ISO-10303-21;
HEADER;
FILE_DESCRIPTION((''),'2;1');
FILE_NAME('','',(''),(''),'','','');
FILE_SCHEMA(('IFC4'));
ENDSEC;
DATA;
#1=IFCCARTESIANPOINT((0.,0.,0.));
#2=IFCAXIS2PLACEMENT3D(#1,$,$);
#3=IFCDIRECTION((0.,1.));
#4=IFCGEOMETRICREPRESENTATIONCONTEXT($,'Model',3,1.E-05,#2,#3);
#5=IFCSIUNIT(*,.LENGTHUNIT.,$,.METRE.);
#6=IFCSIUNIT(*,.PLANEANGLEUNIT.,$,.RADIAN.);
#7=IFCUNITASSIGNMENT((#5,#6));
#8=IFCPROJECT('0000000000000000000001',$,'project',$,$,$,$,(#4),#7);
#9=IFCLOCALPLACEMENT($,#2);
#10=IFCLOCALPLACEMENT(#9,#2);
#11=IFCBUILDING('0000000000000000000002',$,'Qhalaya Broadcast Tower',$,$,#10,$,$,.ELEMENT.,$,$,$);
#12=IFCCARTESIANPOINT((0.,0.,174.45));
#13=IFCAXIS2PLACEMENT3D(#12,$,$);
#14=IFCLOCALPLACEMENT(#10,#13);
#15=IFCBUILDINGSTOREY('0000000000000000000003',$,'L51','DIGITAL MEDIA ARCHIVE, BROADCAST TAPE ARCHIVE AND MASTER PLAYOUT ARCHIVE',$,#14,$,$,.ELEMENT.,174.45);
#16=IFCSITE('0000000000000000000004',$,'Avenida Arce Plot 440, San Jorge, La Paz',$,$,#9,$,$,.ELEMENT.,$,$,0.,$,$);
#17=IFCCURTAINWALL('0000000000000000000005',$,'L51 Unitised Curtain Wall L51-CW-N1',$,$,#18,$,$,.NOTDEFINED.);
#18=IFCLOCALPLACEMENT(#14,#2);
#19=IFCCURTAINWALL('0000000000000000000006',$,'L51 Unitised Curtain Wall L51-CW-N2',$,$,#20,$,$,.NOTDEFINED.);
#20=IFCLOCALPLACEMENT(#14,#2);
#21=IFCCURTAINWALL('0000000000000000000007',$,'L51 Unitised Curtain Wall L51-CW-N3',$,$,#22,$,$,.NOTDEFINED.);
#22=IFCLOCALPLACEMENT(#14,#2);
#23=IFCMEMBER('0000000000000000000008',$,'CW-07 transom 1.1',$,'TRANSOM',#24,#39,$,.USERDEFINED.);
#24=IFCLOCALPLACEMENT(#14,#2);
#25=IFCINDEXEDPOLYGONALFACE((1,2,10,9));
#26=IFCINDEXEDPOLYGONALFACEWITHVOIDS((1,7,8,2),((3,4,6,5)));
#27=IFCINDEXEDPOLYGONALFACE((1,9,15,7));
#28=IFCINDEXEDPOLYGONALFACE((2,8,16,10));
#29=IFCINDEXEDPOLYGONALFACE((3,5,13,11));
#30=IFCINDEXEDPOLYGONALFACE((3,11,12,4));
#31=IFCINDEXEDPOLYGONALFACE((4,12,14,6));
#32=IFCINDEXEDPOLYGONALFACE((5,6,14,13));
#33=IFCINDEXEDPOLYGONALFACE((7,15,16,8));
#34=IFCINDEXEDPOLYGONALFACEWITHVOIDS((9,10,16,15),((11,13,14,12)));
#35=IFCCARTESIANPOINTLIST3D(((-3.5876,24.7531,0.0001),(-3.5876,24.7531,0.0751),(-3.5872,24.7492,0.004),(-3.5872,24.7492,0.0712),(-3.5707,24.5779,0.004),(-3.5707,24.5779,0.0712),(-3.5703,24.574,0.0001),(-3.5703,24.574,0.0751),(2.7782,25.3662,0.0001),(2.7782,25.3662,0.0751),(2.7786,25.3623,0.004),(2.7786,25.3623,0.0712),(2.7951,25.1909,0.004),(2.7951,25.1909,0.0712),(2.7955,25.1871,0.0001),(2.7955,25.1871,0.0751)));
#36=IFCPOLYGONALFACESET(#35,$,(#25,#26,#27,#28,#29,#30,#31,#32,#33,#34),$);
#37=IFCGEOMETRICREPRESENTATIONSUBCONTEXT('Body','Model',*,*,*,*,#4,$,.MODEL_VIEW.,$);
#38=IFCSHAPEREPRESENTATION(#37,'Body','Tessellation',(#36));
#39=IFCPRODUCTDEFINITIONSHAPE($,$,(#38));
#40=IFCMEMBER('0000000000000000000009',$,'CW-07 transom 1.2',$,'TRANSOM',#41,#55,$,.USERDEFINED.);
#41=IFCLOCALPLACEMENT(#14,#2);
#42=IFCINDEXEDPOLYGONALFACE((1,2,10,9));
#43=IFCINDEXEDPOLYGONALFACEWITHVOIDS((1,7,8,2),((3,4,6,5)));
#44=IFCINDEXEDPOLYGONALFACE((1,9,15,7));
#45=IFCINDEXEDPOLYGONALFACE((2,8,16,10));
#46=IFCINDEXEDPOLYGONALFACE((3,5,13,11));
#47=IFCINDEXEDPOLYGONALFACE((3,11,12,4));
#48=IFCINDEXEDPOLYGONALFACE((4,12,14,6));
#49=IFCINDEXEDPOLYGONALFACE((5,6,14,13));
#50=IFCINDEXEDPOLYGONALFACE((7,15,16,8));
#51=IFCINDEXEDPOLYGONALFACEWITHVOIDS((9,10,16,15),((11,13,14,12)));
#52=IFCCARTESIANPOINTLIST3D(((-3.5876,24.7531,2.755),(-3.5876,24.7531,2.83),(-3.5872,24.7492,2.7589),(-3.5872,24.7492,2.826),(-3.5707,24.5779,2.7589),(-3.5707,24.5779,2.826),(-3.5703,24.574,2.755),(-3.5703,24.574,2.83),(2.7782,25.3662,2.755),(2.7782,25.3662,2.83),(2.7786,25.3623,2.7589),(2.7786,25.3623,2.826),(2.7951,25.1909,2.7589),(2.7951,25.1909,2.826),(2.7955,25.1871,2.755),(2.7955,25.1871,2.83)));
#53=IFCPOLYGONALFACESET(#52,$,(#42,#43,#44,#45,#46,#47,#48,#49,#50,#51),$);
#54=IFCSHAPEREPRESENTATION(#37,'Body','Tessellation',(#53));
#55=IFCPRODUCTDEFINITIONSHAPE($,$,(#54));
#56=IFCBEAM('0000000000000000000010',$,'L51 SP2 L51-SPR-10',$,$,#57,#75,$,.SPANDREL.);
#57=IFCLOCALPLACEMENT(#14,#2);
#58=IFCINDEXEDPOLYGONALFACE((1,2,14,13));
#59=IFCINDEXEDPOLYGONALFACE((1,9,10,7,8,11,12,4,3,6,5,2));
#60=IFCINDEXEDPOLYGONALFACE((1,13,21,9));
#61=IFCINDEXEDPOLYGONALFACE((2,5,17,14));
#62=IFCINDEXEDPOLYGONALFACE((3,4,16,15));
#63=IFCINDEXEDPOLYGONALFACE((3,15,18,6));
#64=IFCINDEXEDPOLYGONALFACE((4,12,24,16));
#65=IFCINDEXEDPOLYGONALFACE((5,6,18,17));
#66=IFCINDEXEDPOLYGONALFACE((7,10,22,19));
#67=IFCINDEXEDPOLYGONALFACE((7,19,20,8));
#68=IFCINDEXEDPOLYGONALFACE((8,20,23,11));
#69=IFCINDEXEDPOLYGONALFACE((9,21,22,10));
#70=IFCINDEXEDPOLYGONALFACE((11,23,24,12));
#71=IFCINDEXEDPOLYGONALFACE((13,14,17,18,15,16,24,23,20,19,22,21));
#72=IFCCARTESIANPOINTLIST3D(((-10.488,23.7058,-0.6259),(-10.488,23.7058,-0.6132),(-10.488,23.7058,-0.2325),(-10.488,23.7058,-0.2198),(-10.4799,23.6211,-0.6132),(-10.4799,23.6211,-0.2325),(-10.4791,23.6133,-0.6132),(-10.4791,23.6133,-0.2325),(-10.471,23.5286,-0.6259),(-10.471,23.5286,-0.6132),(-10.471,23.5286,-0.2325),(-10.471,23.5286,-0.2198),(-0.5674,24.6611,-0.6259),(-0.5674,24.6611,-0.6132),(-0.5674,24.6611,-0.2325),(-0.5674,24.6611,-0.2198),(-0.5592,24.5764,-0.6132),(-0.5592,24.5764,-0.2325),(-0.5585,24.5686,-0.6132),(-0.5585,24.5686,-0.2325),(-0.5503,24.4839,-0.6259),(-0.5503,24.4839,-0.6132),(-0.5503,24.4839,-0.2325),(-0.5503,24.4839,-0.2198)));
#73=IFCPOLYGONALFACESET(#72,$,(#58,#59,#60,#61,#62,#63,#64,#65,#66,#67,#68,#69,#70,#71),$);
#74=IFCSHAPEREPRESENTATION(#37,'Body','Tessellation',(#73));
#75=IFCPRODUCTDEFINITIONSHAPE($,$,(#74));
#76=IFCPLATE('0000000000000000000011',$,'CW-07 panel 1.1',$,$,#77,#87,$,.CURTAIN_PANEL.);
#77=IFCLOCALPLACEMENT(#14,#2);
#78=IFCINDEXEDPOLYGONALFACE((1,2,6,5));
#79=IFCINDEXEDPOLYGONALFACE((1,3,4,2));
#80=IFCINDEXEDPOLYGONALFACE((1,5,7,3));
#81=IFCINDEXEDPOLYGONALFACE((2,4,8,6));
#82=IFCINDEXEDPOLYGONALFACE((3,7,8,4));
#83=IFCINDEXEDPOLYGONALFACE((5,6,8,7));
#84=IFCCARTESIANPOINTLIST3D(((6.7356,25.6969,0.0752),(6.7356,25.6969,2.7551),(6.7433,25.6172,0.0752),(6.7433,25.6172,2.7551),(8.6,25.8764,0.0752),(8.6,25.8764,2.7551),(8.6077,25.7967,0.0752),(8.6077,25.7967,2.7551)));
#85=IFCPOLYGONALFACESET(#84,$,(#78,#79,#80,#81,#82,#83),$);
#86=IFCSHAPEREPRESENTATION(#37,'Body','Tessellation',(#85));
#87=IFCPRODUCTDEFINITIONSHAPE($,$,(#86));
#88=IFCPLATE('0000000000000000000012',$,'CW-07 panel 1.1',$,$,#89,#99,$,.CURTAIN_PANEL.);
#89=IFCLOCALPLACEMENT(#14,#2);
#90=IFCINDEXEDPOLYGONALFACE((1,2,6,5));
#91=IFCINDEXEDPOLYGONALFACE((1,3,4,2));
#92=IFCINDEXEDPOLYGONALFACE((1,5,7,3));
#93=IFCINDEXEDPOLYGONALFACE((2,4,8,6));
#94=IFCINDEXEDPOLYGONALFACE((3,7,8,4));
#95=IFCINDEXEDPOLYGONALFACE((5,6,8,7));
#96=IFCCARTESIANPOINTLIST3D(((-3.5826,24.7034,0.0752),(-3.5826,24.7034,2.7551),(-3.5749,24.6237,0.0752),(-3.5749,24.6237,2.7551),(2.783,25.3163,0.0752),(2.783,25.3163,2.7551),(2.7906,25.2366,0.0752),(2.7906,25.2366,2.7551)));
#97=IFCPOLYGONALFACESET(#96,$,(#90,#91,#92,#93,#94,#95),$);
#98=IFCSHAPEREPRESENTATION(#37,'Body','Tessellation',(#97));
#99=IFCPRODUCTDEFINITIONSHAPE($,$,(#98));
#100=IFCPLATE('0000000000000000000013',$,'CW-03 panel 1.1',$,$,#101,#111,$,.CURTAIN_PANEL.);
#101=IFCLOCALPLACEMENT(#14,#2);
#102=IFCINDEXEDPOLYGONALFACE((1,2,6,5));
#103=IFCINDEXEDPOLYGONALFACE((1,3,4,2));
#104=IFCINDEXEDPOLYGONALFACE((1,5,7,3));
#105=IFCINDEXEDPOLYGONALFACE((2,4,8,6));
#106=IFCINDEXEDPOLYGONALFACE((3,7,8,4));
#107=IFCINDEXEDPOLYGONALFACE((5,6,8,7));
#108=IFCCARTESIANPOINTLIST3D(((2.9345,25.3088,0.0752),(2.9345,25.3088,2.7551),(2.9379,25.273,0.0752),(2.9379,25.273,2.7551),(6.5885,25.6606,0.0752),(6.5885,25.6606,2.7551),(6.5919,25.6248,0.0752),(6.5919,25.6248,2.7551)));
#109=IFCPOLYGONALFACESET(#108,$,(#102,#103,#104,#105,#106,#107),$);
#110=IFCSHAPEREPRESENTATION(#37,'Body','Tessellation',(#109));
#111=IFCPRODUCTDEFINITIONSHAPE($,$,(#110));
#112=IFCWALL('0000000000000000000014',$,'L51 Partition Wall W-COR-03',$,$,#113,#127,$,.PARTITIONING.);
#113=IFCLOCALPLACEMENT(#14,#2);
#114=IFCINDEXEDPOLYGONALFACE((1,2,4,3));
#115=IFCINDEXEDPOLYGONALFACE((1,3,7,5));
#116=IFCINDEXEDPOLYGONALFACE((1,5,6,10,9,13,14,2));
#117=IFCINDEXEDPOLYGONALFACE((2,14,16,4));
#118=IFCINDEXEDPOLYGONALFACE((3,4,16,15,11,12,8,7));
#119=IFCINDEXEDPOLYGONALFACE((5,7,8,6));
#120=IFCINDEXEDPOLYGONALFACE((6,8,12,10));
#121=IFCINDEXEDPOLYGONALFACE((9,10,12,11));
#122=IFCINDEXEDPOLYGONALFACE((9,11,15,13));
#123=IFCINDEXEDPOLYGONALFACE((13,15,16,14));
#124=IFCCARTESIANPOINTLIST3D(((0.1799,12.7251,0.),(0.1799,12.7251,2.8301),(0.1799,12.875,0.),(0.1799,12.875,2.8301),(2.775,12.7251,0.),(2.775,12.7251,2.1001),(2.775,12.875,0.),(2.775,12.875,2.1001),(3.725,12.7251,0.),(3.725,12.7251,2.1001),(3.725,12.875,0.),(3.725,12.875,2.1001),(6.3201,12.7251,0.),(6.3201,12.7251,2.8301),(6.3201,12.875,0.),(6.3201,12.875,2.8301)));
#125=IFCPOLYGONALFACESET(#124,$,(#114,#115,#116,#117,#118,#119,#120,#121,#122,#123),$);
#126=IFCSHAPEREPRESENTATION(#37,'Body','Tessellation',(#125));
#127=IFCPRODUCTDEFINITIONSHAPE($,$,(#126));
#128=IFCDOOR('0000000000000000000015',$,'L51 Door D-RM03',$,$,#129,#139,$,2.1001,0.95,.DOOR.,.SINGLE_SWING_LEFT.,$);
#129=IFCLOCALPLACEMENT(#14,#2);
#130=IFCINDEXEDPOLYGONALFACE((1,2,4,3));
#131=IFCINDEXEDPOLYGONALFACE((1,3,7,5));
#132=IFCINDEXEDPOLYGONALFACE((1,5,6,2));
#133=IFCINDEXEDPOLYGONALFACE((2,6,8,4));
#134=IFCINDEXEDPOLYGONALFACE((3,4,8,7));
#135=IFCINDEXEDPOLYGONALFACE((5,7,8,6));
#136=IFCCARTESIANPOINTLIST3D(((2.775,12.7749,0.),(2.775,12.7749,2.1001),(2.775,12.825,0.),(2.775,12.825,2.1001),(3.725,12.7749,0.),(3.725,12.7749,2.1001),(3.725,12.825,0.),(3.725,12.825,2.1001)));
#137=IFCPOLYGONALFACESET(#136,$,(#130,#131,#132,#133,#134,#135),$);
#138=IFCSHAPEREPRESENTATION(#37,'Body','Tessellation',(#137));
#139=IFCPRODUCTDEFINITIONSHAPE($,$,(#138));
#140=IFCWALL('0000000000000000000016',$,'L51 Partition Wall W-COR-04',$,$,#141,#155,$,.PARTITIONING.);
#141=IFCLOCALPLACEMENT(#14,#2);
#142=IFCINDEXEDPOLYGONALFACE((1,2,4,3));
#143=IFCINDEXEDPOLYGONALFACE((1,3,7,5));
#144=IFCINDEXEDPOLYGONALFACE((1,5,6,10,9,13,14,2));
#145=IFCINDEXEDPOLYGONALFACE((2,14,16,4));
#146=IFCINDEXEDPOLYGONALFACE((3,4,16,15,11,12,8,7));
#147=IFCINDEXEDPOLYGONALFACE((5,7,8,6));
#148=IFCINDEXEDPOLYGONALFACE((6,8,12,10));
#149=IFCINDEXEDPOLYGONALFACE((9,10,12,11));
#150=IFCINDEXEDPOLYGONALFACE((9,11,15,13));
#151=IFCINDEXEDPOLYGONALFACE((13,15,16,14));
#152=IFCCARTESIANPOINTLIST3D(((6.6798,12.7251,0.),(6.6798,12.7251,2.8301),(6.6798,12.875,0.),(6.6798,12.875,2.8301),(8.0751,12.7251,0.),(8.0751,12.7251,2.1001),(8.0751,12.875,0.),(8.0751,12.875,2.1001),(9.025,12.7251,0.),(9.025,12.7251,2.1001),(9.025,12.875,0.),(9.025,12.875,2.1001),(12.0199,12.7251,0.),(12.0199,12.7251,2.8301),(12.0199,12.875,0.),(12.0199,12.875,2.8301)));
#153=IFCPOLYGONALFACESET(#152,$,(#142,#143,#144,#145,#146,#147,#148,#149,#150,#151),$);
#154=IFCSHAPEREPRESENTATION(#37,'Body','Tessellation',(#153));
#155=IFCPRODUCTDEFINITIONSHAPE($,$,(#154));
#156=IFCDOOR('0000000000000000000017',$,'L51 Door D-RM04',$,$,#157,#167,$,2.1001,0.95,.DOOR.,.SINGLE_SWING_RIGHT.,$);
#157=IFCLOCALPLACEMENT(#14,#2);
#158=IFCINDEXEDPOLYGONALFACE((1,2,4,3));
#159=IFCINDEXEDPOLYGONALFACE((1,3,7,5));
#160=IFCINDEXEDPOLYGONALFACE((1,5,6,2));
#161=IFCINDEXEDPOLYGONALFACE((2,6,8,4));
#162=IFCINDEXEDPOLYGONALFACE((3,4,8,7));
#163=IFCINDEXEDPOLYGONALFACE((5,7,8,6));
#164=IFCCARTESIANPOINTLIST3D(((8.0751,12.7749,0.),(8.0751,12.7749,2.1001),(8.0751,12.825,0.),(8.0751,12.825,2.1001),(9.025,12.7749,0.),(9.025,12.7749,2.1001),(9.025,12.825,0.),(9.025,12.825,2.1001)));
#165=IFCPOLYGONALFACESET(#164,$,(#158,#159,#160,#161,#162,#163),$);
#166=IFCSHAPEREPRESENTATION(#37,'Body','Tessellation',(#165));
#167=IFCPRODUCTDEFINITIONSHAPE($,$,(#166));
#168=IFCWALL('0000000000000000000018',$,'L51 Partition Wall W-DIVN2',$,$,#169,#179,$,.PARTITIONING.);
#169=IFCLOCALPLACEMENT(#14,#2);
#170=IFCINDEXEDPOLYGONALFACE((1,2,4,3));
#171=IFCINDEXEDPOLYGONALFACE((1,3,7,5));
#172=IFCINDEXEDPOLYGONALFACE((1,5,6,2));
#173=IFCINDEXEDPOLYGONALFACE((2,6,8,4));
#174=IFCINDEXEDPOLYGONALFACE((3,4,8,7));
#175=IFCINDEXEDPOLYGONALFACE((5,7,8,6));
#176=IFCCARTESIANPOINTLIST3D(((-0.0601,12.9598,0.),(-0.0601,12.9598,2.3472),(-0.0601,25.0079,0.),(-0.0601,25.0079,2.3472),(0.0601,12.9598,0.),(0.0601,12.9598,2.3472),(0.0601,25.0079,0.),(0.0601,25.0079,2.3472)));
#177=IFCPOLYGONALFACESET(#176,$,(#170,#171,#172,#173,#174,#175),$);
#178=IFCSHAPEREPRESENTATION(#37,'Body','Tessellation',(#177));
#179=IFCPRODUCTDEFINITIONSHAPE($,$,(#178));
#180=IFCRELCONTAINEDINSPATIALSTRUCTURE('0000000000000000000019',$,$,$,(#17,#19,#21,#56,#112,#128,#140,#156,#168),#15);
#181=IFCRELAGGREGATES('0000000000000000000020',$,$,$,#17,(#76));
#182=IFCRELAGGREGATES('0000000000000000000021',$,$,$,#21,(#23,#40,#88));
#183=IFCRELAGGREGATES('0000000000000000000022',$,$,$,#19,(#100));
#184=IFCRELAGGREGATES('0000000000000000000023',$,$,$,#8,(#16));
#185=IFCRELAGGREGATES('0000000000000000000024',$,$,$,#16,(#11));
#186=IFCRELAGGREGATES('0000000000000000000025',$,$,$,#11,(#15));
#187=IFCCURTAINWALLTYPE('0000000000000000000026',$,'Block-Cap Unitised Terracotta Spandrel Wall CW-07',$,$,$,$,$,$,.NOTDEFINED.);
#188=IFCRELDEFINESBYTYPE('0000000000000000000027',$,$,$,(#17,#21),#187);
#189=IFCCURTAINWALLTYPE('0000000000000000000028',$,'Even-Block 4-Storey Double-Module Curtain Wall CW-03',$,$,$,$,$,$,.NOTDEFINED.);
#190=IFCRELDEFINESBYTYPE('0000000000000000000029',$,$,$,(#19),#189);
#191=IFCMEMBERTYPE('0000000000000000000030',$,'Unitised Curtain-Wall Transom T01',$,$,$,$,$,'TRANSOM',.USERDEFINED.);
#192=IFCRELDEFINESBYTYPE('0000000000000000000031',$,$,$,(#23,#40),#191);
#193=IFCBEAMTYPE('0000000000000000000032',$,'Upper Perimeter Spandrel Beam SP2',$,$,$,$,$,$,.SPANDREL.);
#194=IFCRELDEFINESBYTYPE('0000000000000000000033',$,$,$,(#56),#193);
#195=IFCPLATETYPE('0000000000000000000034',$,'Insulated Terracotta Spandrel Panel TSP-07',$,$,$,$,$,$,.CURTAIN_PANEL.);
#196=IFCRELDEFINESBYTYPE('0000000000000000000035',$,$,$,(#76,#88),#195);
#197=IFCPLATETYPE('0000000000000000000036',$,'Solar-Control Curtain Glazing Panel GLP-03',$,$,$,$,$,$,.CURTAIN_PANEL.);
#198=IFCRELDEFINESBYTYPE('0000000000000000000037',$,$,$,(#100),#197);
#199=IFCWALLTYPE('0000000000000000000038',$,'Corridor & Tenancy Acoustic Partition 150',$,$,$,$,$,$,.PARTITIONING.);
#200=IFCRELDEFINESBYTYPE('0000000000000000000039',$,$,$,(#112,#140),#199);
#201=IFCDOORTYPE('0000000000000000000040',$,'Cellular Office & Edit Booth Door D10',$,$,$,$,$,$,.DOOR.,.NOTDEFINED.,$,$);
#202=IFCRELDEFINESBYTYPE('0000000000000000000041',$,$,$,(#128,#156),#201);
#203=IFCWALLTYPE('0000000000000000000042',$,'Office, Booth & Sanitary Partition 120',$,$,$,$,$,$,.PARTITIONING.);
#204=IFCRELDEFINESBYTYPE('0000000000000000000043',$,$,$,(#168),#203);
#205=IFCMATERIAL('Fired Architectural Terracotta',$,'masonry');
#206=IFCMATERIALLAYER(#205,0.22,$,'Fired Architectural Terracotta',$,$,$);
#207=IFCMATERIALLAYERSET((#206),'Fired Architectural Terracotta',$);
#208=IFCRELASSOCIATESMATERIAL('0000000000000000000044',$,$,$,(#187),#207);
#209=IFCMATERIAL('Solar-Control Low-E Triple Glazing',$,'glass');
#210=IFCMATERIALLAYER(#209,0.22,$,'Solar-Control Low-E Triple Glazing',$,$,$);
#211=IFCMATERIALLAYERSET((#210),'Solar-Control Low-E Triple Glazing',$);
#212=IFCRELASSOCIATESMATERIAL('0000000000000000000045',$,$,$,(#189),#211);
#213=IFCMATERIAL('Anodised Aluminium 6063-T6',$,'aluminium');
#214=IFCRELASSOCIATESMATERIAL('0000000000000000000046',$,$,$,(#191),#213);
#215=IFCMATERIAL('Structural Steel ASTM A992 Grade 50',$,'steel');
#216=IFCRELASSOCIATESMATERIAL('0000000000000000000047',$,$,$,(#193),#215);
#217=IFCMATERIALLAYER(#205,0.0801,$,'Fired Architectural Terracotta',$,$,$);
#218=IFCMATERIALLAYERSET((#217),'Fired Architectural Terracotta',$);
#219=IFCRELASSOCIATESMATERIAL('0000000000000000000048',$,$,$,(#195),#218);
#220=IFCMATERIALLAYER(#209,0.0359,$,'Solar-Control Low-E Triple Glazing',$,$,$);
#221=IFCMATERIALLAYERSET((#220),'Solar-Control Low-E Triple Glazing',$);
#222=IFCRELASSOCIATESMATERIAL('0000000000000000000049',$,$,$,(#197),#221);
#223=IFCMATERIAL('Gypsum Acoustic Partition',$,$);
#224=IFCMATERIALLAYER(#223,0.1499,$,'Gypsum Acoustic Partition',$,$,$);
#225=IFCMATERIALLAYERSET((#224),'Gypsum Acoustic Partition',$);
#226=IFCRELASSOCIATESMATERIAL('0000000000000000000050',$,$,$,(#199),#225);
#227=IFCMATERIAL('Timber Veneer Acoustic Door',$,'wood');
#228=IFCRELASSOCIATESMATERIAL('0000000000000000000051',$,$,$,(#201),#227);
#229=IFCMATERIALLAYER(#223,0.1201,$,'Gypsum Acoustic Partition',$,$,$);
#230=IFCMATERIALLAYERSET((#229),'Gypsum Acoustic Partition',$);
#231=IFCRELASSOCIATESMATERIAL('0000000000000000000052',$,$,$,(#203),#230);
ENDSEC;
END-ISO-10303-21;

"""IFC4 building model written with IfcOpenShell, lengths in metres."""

from ifc_helpers import new_model, si_unit, direction, frame, frame_2d, origin, origin_2d, place, context, subcontext, project, spatial, rectangle, hollow_rectangle, i_section, extrude, material, layer, layer_set, material_profile, profile_set, type_object, element, fill, aggregate, save


model = new_model("IFC4")

# Units and contexts
model_context = context("Model", 3, precision=1e-05, world=origin(), true_north=direction((0.0, 1.0)))
body_context = subcontext(model_context, "Body", "Model", "MODEL_VIEW")
ifc_project = project(units=[si_unit("LENGTHUNIT", "METRE"), si_unit("PLANEANGLEUNIT", "RADIAN")], contexts=[model_context])

# Site, building, storey
site_placement = place(None, origin())
site = spatial("IfcSite", under=ifc_project, at=site_placement, Name="Avenida Arce Plot 440, San Jorge, La Paz", CompositionType="ELEMENT", RefElevation=0.0)
building_placement = place(site_placement, origin())
building = spatial("IfcBuilding", under=site, at=building_placement, Name="Qhalaya Broadcast Tower", CompositionType="ELEMENT")
storey_placement = place(building_placement, frame((0.0, 0.0, 174.45)))
storey = spatial("IfcBuildingStorey", under=building, at=storey_placement, Name="L51", Description="DIGITAL MEDIA ARCHIVE, BROADCAST TAPE ARCHIVE AND MASTER PLAYOUT ARCHIVE", CompositionType="ELEMENT", Elevation=174.45)

# Curtain walls
ifc_material_1 = material(Name="Fired Architectural Terracotta", Category="masonry")
ifc_layer_1 = layer(ifc_material_1, 0.22, Name="Fired Architectural Terracotta")
ifc_layer_set_1 = layer_set([ifc_layer_1], Name="Fired Architectural Terracotta")
curtain_wall_type_1 = type_object("IfcCurtainWallType", Name="Block-Cap Unitised Terracotta Spandrel Wall CW-07", PredefinedType="NOTDEFINED", material=ifc_layer_set_1)
curtain_wall_1_placement = place(storey_placement, origin())
curtain_wall_1 = element("IfcCurtainWall", 1, at=curtain_wall_1_placement, inside=storey, type_object=curtain_wall_type_1, Name="L51 Unitised Curtain Wall L51-CW-N1", PredefinedType="NOTDEFINED")
ifc_material_2 = material(Name="Anodised Aluminium 6063-T6", Category="aluminium")
ifc_material_3 = material(Name="Solar-Control Low-E Triple Glazing", Category="glass")
ifc_layer_2 = layer(ifc_material_3, 0.22, Name="Solar-Control Low-E Triple Glazing")
ifc_layer_set_2 = layer_set([ifc_layer_2], Name="Solar-Control Low-E Triple Glazing")
curtain_wall_type_2 = type_object("IfcCurtainWallType", Name="Even-Block 4-Storey Double-Module Curtain Wall CW-03", PredefinedType="NOTDEFINED", material=ifc_layer_set_2)
curtain_wall_2_placement = place(storey_placement, origin())
curtain_wall_2 = element("IfcCurtainWall", 2, at=curtain_wall_2_placement, inside=storey, type_object=curtain_wall_type_2, Name="L51 Unitised Curtain Wall L51-CW-N2", PredefinedType="NOTDEFINED")

# Curtain wall
curtain_wall_3_placement = place(storey_placement, origin())
curtain_wall_3 = element("IfcCurtainWall", 3, at=curtain_wall_3_placement, inside=storey, type_object=curtain_wall_type_1, Name="L51 Unitised Curtain Wall L51-CW-N3", PredefinedType="NOTDEFINED")

# Members
ifc_material_profile_1 = material_profile(ifc_material_2, hollow_rectangle(XDim=0.075, YDim=0.1799, WallThickness=0.0039, at=origin_2d()), Name="ALU-TRN 75x180x4")
ifc_profile_set_1 = profile_set([ifc_material_profile_1], Name="Anodised Aluminium 6063-T6")
member_type_1 = type_object("IfcMemberType", Name="Unitised Curtain-Wall Transom T01", ElementType="TRANSOM", PredefinedType="USERDEFINED", material=ifc_profile_set_1)
member_1_placement = place(storey_placement, frame((2.7869, 25.2766, 0.0376), z_axis=(-0.995395, -0.095859, 0.0), x_axis=(0.0, 0.0, 1.0)))
member_1 = element("IfcMember", 4, at=member_1_placement, type_object=member_type_1, Name="CW-07 transom 1.1", ObjectType="TRANSOM", PredefinedType="USERDEFINED", context=body_context, shape_type="SweptSolid", body=[
    extrude(hollow_rectangle(XDim=0.075, YDim=0.1799, WallThickness=0.0039, at=origin_2d()), origin(), (0.0, 0.0, 1.0), 6.3953),
])
member_2_placement = place(storey_placement, frame((2.7869, 25.2766, 2.7925), z_axis=(-0.995395, -0.095859, 0.0), x_axis=(0.0, 0.0, 1.0)))
member_2 = element("IfcMember", 5, at=member_2_placement, type_object=member_type_1, Name="CW-07 transom 1.2", ObjectType="TRANSOM", PredefinedType="USERDEFINED", context=body_context, shape_type="SweptSolid", body=[
    extrude(hollow_rectangle(XDim=0.075, YDim=0.1799, WallThickness=0.0039, at=origin_2d()), origin(), (0.0, 0.0, 1.0), 6.3953),
])

# Beam
ifc_material_4 = material(Name="Structural Steel ASTM A992 Grade 50", Category="steel")
ifc_material_profile_2 = material_profile(ifc_material_4, i_section(OverallWidth=0.178, OverallDepth=0.406, WebThickness=0.0078, FlangeThickness=0.0127, at=origin_2d()), Name="W16X40")
ifc_profile_set_2 = profile_set([ifc_material_profile_2], Name="Structural Steel ASTM A992 Grade 50")
beam_type = type_object("IfcBeamType", Name="Upper Perimeter Spandrel Beam SP2", PredefinedType="SPANDREL", material=ifc_profile_set_2)
beam_placement = place(storey_placement, frame((-0.5588, 24.5725, -0.4229), z_axis=(-0.995396, -0.095853, 0.0), x_axis=(0.095853, -0.995396, 0.0)))
element("IfcBeam", 6, at=beam_placement, inside=storey, type_object=beam_type, Name="L51 SP2 L51-SPR-10", PredefinedType="SPANDREL", context=body_context, shape_type="SweptSolid", body=[
    extrude(i_section(OverallWidth=0.178, OverallDepth=0.406, WebThickness=0.0078, FlangeThickness=0.0127, at=origin_2d()), origin(), (0.0, 0.0, 1.0), 9.9666),
])

# Plates
ifc_layer_3 = layer(ifc_material_1, 0.0801, Name="Fired Architectural Terracotta")
ifc_layer_set_3 = layer_set([ifc_layer_3], Name="Fired Architectural Terracotta")
plate_type_1 = type_object("IfcPlateType", Name="Insulated Terracotta Spandrel Panel TSP-07", PredefinedType="CURTAIN_PANEL", material=ifc_layer_set_3)
plate_1_placement = place(storey_placement, frame((7.6716, 25.7468, 0.0752), z_axis=(0.0, 0.0, 1.0), x_axis=(-0.995396, -0.095847, 0.0)))
plate_1 = element("IfcPlate", 7, at=plate_1_placement, type_object=plate_type_1, Name="CW-07 panel 1.1", PredefinedType="CURTAIN_PANEL", context=body_context, shape_type="SweptSolid", body=[
    extrude(rectangle(XDim=1.873, YDim=0.0801, at=origin_2d()), origin(), (0.0, 0.0, 1.0), 2.6799),
])
aggregate(curtain_wall_1, [plate_1])
plate_2_placement = place(storey_placement, frame((-0.396, 24.97, 0.0752), z_axis=(0.0, 0.0, 1.0), x_axis=(-0.995396, -0.095844, 0.0)))
plate_2 = element("IfcPlate", 8, at=plate_2_placement, type_object=plate_type_1, Name="CW-07 panel 1.1", PredefinedType="CURTAIN_PANEL", context=body_context, shape_type="SweptSolid", body=[
    extrude(rectangle(XDim=6.395, YDim=0.0801, at=origin_2d()), origin(), (0.0, 0.0, 1.0), 2.6799),
])
aggregate(curtain_wall_3, [member_1, member_2, plate_2])
ifc_layer_4 = layer(ifc_material_3, 0.0359, Name="Solar-Control Low-E Triple Glazing")
ifc_layer_set_4 = layer_set([ifc_layer_4], Name="Solar-Control Low-E Triple Glazing")
plate_type_2 = type_object("IfcPlateType", Name="Solar-Control Curtain Glazing Panel GLP-03", PredefinedType="CURTAIN_PANEL", material=ifc_layer_set_4)
plate_3_placement = place(storey_placement, frame((4.7632, 25.4668, 0.0752), z_axis=(0.0, 0.0, 1.0), x_axis=(-0.995397, -0.095839, 0.0)))
plate_3 = element("IfcPlate", 9, at=plate_3_placement, type_object=plate_type_2, Name="CW-03 panel 1.1", PredefinedType="CURTAIN_PANEL", context=body_context, shape_type="SweptSolid", body=[
    extrude(rectangle(XDim=3.6709, YDim=0.0359, at=origin_2d()), origin(), (0.0, 0.0, 1.0), 2.6799),
])
aggregate(curtain_wall_2, [plate_3])

# Walls, openings, doors
ifc_material_5 = material(Name="Gypsum Acoustic Partition")
ifc_layer_5 = layer(ifc_material_5, 0.1499, Name="Gypsum Acoustic Partition")
ifc_layer_set_5 = layer_set([ifc_layer_5], Name="Gypsum Acoustic Partition")
wall_type_1 = type_object("IfcWallType", Name="Corridor & Tenancy Acoustic Partition 150", PredefinedType="PARTITIONING", material=ifc_layer_set_5)
wall_1_placement = place(storey_placement, frame((0.1799, 12.8, 0.0), z_axis=(0.0, 0.0, 1.0), x_axis=(1.0, 0.0, 0.0)))
wall_1 = element("IfcWall", 10, at=wall_1_placement, inside=storey, type_object=wall_type_1, Name="L51 Partition Wall W-COR-03", PredefinedType="PARTITIONING", context=body_context, shape_type="SweptSolid", body=[
    extrude(rectangle(XDim=6.1401, YDim=0.1499, at=frame_2d((3.0701, 0.0))), origin(), (0.0, 0.0, 1.0), 2.8301),
])
opening_1_placement = place(wall_1_placement, frame((2.595, 0.0, 0.0)))
opening_1 = element("IfcOpeningElement", 11, at=opening_1_placement, cuts=wall_1, PredefinedType="OPENING", context=body_context, shape_type="SweptSolid", body=[
    extrude(rectangle(XDim=0.95, YDim=2.1001, at=frame_2d((0.4751, 1.05))), frame((0.0, 0.0869, 0.0), z_axis=(0.0, -1.0, 0.0), x_axis=(1.0, 0.0, 0.0)), (0.0, 0.0, 1.0), 0.1738),
])
ifc_material_6 = material(Name="Timber Veneer Acoustic Door", Category="wood")
door_type = type_object("IfcDoorType", Name="Cellular Office & Edit Booth Door D10", OperationType="NOTDEFINED", PredefinedType="DOOR", material=ifc_material_6)
door_1_placement = place(opening_1_placement, origin())
door_1 = element("IfcDoor", 12, at=door_1_placement, inside=storey, type_object=door_type, Name="L51 Door D-RM03", OperationType="SINGLE_SWING_LEFT", OverallHeight=2.1001, OverallWidth=0.95, PredefinedType="DOOR", context=body_context, shape_type="SweptSolid", body=[
    extrude(rectangle(XDim=0.95, YDim=2.1001, at=frame_2d((0.4751, 1.05))), frame((0.0, 0.0249, 0.0), z_axis=(0.0, -1.0, 0.0), x_axis=(1.0, 0.0, 0.0)), (0.0, 0.0, 1.0), 0.05),
])
fill(opening_1, door_1)
wall_2_placement = place(storey_placement, frame((6.6799, 12.8, 0.0), z_axis=(0.0, 0.0, 1.0), x_axis=(1.0, 0.0, 0.0)))
wall_2 = element("IfcWall", 13, at=wall_2_placement, inside=storey, type_object=wall_type_1, Name="L51 Partition Wall W-COR-04", PredefinedType="PARTITIONING", context=body_context, shape_type="SweptSolid", body=[
    extrude(rectangle(XDim=5.3401, YDim=0.1499, at=frame_2d((2.6699, 0.0))), origin(), (0.0, 0.0, 1.0), 2.8301),
])
opening_2_placement = place(wall_2_placement, frame((1.395, 0.0, 0.0)))
opening_2 = element("IfcOpeningElement", 14, at=opening_2_placement, cuts=wall_2, PredefinedType="OPENING", context=body_context, shape_type="SweptSolid", body=[
    extrude(rectangle(XDim=0.95, YDim=2.1001, at=frame_2d((0.4751, 1.05))), frame((0.0, 0.0869, 0.0), z_axis=(0.0, -1.0, 0.0), x_axis=(1.0, 0.0, 0.0)), (0.0, 0.0, 1.0), 0.1738),
])
door_2_placement = place(opening_2_placement, origin())
door_2 = element("IfcDoor", 15, at=door_2_placement, inside=storey, type_object=door_type, Name="L51 Door D-RM04", OperationType="SINGLE_SWING_RIGHT", OverallHeight=2.1001, OverallWidth=0.95, PredefinedType="DOOR", context=body_context, shape_type="SweptSolid", body=[
    extrude(rectangle(XDim=0.95, YDim=2.1001, at=frame_2d((0.4751, 1.05))), frame((0.0, 0.0249, 0.0), z_axis=(0.0, -1.0, 0.0), x_axis=(1.0, 0.0, 0.0)), (0.0, 0.0, 1.0), 0.05),
])
fill(opening_2, door_2)

# Wall
ifc_layer_6 = layer(ifc_material_5, 0.1201, Name="Gypsum Acoustic Partition")
ifc_layer_set_6 = layer_set([ifc_layer_6], Name="Gypsum Acoustic Partition")
wall_type_2 = type_object("IfcWallType", Name="Office, Booth & Sanitary Partition 120", PredefinedType="PARTITIONING", material=ifc_layer_set_6)
wall_3_placement = place(storey_placement, frame((0.0, 12.96, 0.0), z_axis=(0.0, 0.0, 1.0), x_axis=(0.0, 1.0, 0.0)))
element("IfcWall", 16, at=wall_3_placement, inside=storey, type_object=wall_type_2, Name="L51 Partition Wall W-DIVN2", PredefinedType="PARTITIONING", context=body_context, shape_type="SweptSolid", body=[
    extrude(rectangle(XDim=12.0481, YDim=0.1201, at=frame_2d((6.0239, 0.0))), origin(), (0.0, 0.0, 1.0), 2.3472),
])

save(model, "model.ifc")
